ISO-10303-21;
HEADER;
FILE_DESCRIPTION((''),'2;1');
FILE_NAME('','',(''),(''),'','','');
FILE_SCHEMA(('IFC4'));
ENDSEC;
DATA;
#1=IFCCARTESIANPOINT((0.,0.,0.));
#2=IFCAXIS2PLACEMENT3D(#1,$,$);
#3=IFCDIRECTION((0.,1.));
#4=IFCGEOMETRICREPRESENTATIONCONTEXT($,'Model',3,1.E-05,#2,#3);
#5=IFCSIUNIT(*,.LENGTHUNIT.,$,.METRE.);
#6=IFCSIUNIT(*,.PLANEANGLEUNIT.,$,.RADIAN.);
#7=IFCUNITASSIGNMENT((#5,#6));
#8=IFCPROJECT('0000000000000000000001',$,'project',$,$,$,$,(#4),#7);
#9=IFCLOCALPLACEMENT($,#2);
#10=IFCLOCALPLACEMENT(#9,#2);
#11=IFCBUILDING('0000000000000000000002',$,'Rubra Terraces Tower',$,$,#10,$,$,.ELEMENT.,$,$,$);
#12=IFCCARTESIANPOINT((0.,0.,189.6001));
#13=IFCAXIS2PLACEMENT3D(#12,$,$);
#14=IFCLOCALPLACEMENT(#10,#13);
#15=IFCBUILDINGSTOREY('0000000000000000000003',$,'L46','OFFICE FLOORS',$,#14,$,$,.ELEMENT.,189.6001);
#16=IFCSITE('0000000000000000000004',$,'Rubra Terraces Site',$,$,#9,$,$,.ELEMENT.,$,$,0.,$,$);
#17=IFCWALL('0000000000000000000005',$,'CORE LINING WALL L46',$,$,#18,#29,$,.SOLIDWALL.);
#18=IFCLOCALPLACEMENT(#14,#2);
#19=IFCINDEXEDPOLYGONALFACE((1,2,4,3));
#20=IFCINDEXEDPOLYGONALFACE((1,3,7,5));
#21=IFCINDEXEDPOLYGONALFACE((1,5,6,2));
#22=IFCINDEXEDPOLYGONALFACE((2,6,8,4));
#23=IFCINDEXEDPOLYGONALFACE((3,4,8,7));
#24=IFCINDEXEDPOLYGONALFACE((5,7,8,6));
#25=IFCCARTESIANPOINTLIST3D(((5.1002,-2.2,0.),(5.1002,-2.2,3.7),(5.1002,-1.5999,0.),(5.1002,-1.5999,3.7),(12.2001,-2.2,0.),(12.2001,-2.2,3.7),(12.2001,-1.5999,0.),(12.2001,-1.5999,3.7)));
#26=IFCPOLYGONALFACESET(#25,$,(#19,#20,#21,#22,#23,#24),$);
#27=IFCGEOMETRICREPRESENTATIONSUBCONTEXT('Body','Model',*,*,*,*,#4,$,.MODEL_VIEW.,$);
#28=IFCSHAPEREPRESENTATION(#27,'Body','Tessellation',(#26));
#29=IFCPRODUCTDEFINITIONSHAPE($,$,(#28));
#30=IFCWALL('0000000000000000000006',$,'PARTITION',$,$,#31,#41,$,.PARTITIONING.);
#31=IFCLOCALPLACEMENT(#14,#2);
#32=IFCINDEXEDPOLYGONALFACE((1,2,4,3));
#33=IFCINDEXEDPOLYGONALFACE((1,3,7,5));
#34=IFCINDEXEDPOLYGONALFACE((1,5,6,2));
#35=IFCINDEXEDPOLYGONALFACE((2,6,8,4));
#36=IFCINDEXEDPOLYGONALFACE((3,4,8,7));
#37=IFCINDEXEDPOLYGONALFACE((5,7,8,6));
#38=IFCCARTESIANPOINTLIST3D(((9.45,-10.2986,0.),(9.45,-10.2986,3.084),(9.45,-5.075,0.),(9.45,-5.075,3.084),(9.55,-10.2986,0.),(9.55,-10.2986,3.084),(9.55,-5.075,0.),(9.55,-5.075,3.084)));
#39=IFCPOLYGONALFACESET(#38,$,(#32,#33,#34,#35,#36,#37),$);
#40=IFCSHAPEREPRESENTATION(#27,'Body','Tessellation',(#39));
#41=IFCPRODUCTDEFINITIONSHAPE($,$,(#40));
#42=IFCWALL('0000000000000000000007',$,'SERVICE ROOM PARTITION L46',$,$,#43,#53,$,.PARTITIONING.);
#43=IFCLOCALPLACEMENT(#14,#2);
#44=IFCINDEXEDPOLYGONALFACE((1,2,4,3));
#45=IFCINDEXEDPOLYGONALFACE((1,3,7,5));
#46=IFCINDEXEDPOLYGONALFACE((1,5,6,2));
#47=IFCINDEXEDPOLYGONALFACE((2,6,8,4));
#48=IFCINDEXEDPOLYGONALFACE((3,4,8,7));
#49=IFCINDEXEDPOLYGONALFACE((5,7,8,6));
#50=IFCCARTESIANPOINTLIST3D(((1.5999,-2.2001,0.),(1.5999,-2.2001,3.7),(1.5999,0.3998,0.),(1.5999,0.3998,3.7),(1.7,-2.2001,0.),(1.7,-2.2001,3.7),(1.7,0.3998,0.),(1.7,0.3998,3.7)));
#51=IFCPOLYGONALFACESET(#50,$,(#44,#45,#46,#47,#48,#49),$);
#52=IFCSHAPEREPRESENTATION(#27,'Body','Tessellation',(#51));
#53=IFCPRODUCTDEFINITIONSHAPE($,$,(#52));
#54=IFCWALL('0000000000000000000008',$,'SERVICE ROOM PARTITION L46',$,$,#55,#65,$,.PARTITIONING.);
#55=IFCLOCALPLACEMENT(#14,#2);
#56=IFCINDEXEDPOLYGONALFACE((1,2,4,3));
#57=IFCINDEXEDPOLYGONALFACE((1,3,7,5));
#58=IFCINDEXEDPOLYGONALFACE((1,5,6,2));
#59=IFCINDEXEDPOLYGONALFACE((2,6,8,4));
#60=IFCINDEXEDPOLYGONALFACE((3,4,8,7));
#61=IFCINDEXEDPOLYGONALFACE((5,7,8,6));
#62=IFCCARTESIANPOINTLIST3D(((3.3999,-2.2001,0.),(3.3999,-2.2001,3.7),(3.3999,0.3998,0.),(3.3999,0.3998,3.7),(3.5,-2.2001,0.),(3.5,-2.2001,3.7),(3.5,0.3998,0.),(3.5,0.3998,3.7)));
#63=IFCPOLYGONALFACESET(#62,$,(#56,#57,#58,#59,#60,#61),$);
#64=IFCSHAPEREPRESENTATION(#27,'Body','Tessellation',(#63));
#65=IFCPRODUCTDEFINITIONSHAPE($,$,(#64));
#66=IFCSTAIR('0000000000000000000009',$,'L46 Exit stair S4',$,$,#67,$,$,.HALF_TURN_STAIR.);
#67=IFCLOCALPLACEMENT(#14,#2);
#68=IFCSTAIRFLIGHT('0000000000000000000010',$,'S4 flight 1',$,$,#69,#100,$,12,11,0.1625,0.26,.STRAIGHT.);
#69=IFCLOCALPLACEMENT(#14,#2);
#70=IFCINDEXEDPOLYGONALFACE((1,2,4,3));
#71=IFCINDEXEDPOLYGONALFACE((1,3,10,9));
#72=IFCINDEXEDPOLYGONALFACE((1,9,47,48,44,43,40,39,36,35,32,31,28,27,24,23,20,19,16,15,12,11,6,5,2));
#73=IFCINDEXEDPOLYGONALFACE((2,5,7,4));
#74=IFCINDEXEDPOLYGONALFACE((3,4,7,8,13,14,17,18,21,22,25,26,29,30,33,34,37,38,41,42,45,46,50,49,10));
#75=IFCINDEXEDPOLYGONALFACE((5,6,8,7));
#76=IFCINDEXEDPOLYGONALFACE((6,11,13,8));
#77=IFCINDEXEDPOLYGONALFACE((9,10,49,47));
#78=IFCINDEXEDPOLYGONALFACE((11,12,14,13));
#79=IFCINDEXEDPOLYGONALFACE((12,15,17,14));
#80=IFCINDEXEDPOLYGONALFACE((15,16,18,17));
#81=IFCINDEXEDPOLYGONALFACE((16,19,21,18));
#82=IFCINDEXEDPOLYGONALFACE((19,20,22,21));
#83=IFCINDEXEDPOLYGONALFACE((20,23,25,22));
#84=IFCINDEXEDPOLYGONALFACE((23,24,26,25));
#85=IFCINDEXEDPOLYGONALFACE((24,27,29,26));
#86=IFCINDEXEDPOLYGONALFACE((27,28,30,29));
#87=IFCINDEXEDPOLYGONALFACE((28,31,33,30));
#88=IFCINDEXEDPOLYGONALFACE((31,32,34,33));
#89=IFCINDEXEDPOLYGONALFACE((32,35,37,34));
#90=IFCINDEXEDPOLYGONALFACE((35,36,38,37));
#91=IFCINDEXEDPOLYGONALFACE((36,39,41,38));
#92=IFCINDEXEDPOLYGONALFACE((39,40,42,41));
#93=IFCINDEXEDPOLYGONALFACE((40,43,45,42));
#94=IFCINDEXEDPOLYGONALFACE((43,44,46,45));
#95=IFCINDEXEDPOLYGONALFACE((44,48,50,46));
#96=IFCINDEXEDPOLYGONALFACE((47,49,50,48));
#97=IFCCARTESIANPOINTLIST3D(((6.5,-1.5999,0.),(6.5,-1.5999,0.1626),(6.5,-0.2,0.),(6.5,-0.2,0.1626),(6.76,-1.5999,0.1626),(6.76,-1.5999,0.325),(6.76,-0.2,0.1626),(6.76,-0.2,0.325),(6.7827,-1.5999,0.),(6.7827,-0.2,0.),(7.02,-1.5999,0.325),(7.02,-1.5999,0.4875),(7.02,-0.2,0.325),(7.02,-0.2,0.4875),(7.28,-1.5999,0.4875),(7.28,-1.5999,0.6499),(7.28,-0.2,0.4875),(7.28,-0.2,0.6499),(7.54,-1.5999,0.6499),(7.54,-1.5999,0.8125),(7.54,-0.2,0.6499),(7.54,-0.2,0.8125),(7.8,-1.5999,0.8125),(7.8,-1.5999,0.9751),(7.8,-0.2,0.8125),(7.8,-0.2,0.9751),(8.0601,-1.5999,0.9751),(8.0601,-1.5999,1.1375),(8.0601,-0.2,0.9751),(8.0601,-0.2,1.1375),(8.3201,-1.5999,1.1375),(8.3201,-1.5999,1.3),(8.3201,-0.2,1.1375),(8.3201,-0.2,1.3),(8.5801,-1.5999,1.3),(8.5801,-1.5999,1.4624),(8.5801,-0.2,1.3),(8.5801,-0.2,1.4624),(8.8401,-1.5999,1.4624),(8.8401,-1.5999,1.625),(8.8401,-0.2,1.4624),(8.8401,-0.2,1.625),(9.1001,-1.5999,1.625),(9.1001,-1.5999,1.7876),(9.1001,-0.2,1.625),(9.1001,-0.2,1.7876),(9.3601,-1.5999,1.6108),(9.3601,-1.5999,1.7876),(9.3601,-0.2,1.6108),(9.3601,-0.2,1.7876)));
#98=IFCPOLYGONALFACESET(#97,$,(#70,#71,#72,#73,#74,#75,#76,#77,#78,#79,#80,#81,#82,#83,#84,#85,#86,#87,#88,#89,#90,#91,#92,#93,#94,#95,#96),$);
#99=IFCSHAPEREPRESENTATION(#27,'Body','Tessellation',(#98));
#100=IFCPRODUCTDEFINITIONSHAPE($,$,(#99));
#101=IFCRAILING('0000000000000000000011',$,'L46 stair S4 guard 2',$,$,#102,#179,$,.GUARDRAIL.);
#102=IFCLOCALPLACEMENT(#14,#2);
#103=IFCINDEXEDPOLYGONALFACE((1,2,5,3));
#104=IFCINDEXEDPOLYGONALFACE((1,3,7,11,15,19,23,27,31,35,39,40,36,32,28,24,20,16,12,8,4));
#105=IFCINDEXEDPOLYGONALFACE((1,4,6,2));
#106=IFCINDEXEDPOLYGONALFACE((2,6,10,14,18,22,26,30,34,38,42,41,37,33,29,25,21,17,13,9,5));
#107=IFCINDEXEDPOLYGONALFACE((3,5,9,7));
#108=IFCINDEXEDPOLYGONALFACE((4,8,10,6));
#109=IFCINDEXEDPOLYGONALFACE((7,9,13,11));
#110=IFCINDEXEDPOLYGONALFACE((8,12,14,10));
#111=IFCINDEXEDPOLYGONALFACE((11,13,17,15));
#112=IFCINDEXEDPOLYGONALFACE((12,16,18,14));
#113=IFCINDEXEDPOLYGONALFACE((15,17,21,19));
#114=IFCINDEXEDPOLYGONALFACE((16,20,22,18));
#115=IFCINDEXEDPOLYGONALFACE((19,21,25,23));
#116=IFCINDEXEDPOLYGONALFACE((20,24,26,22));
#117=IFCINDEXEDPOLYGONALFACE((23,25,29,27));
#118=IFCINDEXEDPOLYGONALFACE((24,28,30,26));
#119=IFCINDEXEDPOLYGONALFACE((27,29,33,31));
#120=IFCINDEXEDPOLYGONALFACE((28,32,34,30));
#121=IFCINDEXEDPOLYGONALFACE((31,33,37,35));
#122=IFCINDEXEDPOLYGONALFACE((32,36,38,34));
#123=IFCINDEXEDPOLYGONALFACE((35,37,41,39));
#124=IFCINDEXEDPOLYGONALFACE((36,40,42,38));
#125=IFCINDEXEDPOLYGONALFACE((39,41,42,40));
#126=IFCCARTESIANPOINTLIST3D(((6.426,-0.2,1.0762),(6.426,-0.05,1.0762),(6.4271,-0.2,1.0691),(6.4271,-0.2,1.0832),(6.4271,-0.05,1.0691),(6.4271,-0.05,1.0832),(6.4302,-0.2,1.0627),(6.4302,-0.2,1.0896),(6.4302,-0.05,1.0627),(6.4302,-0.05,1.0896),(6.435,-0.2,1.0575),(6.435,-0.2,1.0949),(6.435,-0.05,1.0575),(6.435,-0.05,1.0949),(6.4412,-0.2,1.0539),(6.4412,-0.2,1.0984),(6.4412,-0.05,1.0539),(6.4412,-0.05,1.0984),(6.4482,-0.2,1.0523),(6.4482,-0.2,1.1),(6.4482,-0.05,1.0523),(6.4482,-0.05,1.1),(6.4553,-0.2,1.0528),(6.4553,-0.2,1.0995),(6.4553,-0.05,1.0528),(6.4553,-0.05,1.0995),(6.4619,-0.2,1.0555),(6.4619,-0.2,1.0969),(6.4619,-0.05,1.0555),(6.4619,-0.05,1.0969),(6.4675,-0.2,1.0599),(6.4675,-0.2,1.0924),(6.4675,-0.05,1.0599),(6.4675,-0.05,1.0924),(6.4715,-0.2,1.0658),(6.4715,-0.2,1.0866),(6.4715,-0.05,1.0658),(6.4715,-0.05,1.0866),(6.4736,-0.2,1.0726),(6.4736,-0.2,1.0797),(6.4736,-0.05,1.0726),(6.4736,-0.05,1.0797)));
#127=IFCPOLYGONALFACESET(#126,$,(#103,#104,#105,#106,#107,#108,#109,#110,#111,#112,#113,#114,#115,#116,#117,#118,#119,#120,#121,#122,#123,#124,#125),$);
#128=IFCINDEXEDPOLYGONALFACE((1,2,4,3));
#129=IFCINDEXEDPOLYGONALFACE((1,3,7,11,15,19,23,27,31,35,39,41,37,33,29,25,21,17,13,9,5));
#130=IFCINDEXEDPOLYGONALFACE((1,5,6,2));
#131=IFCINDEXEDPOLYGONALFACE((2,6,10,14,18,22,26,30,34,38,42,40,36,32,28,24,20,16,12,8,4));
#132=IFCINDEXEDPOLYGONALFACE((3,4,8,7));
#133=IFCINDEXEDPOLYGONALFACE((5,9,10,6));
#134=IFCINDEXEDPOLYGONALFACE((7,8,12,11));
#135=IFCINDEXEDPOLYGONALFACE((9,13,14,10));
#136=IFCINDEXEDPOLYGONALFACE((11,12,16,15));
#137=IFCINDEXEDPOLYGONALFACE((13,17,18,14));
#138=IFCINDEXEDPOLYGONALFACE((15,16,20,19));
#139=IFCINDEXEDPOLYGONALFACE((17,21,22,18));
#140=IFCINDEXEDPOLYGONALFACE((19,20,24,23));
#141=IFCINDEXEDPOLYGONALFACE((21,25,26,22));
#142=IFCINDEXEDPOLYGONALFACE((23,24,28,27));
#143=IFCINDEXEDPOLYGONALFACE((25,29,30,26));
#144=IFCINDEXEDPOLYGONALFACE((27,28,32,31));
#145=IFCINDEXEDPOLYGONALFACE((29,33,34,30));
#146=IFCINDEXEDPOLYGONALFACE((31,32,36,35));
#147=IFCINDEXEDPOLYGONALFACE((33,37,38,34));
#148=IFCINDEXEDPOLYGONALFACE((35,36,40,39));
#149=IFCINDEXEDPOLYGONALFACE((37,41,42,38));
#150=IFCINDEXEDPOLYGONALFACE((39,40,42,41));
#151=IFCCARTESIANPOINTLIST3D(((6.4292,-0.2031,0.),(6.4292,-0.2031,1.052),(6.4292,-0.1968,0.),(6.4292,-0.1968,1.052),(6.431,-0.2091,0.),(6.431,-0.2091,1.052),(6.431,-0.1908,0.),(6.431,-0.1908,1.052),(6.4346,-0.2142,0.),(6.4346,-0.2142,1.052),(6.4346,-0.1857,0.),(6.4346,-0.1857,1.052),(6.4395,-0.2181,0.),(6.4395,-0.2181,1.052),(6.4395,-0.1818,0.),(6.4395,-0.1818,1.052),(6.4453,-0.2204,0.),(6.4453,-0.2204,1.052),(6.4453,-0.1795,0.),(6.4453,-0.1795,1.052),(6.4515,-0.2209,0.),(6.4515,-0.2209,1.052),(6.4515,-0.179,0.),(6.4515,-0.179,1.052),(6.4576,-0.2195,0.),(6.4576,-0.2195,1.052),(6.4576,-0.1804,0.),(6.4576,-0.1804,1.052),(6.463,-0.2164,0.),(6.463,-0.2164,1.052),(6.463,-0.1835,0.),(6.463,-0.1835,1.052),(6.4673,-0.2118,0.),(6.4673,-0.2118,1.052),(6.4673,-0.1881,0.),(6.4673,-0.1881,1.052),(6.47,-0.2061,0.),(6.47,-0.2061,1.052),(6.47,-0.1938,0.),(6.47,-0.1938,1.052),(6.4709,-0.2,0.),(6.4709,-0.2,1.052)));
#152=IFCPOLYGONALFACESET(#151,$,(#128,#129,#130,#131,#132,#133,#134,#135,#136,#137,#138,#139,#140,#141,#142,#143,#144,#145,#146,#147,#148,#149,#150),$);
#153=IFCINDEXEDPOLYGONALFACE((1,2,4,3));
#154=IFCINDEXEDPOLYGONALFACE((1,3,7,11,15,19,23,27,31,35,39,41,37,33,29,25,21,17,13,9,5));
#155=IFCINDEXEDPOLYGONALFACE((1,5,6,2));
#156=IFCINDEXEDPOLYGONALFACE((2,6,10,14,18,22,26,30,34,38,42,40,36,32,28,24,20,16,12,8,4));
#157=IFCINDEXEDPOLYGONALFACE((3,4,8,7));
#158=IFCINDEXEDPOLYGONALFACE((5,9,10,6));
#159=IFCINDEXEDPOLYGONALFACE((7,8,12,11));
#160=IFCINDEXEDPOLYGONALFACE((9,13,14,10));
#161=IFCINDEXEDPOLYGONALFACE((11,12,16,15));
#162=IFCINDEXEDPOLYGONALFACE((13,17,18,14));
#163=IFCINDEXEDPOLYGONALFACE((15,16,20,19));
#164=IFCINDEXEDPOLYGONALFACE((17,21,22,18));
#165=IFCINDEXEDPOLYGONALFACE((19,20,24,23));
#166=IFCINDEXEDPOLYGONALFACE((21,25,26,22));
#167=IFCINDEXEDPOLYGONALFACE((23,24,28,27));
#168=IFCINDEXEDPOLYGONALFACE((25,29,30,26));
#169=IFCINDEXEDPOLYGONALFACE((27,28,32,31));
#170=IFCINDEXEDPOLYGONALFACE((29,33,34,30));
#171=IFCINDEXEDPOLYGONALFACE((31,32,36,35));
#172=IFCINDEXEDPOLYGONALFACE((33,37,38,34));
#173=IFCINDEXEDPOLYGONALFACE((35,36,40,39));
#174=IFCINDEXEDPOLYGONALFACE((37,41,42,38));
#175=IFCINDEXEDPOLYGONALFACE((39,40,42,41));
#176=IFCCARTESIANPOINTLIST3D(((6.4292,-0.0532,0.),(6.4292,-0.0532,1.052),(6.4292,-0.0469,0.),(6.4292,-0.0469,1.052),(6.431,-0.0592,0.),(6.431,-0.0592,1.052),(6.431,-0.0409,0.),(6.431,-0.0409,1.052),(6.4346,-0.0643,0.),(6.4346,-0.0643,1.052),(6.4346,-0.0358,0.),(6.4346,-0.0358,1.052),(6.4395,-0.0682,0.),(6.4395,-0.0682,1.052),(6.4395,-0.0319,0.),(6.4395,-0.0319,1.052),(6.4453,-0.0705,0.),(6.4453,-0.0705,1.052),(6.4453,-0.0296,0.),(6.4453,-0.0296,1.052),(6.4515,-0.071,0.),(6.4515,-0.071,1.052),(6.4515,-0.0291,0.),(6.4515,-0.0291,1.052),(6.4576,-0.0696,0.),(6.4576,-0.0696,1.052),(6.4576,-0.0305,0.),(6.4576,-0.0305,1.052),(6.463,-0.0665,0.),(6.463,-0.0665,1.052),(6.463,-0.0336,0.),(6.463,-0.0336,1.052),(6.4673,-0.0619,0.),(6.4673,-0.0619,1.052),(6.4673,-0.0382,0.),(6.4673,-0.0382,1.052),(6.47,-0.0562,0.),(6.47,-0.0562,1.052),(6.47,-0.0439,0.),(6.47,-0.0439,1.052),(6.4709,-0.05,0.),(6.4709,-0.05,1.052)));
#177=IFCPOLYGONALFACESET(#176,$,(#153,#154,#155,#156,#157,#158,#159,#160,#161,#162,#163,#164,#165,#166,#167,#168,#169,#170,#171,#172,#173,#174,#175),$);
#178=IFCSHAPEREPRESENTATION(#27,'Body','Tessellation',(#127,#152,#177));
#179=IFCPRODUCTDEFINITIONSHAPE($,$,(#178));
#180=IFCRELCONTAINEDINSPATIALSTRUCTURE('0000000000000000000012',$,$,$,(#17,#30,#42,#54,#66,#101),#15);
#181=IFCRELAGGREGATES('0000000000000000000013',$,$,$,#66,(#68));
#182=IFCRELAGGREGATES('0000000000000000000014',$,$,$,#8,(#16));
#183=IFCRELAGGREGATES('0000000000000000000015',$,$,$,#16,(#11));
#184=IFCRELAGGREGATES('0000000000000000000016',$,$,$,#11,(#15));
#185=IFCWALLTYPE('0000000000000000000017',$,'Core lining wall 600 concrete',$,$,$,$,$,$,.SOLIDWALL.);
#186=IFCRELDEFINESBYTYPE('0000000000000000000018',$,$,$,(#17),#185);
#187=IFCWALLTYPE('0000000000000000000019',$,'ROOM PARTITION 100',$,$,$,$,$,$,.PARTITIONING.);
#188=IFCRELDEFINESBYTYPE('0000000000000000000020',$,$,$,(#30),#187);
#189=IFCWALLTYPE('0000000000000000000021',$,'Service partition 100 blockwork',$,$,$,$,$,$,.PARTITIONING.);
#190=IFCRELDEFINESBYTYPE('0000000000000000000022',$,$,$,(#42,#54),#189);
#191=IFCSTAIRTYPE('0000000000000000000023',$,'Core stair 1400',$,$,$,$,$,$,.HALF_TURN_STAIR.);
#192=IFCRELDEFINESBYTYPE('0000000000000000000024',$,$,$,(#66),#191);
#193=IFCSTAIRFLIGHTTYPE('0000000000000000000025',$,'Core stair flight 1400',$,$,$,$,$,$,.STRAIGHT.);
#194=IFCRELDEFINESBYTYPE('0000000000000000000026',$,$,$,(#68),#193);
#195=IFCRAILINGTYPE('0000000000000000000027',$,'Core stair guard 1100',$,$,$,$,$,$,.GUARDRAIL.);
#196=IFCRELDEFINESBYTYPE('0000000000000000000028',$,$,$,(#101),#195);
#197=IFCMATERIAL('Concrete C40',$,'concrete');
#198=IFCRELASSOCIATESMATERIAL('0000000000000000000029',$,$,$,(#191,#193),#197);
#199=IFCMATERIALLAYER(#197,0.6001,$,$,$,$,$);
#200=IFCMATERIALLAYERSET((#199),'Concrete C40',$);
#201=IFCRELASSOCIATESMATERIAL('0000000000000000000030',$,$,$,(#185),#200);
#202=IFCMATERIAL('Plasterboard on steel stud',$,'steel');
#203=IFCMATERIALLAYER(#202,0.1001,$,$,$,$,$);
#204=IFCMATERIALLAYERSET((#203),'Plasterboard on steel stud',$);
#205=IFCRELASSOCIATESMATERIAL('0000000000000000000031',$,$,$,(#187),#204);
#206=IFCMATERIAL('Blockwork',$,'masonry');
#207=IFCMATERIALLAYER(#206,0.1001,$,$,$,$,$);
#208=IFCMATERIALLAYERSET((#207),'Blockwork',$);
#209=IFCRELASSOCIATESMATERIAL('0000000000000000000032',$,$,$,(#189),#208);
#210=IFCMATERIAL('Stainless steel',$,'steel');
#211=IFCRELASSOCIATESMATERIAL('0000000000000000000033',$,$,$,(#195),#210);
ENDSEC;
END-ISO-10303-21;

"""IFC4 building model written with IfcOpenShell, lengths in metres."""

from ifc_helpers import new_model, si_unit, direction, frame, frame_2d, origin, origin_2d, place, context, subcontext, project, spatial, polyline, rectangle, circle, outline, extrude, material, layer, layer_set, type_object, element, aggregate, save


model = new_model("IFC4")

# Units and contexts
model_context = context("Model", 3, precision=1e-05, world=origin(), true_north=direction((0.0, 1.0)))
body_context = subcontext(model_context, "Body", "Model", "MODEL_VIEW")
ifc_project = project(units=[si_unit("LENGTHUNIT", "METRE"), si_unit("PLANEANGLEUNIT", "RADIAN")], contexts=[model_context])

# Site, building, storey
site_placement = place(None, origin())
site = spatial("IfcSite", under=ifc_project, at=site_placement, Name="Rubra Terraces Site", CompositionType="ELEMENT", RefElevation=0.0)
building_placement = place(site_placement, origin())
building = spatial("IfcBuilding", under=site, at=building_placement, Name="Rubra Terraces Tower", CompositionType="ELEMENT")
storey_placement = place(building_placement, frame((0.0, 0.0, 189.6001)))
storey = spatial("IfcBuildingStorey", under=building, at=storey_placement, Name="L46", Description="OFFICE FLOORS", CompositionType="ELEMENT", Elevation=189.6001)

# Shared definitions
ifc_material_1 = material(Name="Concrete C40", Category="concrete")

# Shared definitions
stair_type = type_object("IfcStairType", Name="Core stair 1400", PredefinedType="HALF_TURN_STAIR", material=ifc_material_1)

# Walls
ifc_layer_1 = layer(ifc_material_1, 0.6001)
ifc_layer_set_1 = layer_set([ifc_layer_1], Name="Concrete C40")
wall_type_1 = type_object("IfcWallType", Name="Core lining wall 600 concrete", PredefinedType="SOLIDWALL", material=ifc_layer_set_1)
wall_1_placement = place(storey_placement, frame((12.2, -1.8999, 0.0), z_axis=(0.0, 0.0, 1.0), x_axis=(-1.0, 0.0, 0.0)))
element("IfcWall", 1, at=wall_1_placement, inside=storey, type_object=wall_type_1, Name="CORE LINING WALL L46", PredefinedType="SOLIDWALL", context=body_context, shape_type="SweptSolid", body=[
    extrude(rectangle(XDim=7.0999, YDim=0.6001, at=frame_2d((3.5498, 0.0))), origin(), (0.0, 0.0, 1.0), 3.7),
])
ifc_material_2 = material(Name="Plasterboard on steel stud", Category="steel")
ifc_layer_2 = layer(ifc_material_2, 0.1001)
ifc_layer_set_2 = layer_set([ifc_layer_2], Name="Plasterboard on steel stud")
wall_type_2 = type_object("IfcWallType", Name="ROOM PARTITION 100", PredefinedType="PARTITIONING", material=ifc_layer_set_2)
wall_2_placement = place(storey_placement, frame((9.5, -10.2986, 0.0), z_axis=(0.0, 0.0, 1.0), x_axis=(0.0, 1.0, 0.0)))
element("IfcWall", 2, at=wall_2_placement, inside=storey, type_object=wall_type_2, Name="PARTITION", PredefinedType="PARTITIONING", context=body_context, shape_type="SweptSolid", body=[
    extrude(rectangle(XDim=5.2236, YDim=0.1001, at=frame_2d((2.6118, 0.0))), origin(), (0.0, 0.0, 1.0), 3.084),
])
ifc_material_3 = material(Name="Blockwork", Category="masonry")
ifc_layer_3 = layer(ifc_material_3, 0.1001)
ifc_layer_set_3 = layer_set([ifc_layer_3], Name="Blockwork")
wall_type_3 = type_object("IfcWallType", Name="Service partition 100 blockwork", PredefinedType="PARTITIONING", material=ifc_layer_set_3)
for number, where, z_axis, x_axis, name in (
    (3, (1.6499, -2.2, 0.0), (0.0, 0.0, 1.0), (0.0, 1.0, 0.0), "SERVICE ROOM PARTITION L46"),
    (4, (3.45, -2.2, 0.0), (0.0, 0.0, 1.0), (0.0, 1.0, 0.0), "SERVICE ROOM PARTITION L46"),
):
    element("IfcWall", number, at=place(storey_placement, frame(where, z_axis=z_axis, x_axis=x_axis)), inside=storey, type_object=wall_type_3, Name=name, PredefinedType="PARTITIONING", context=body_context, shape_type="SweptSolid", body=[
        extrude(rectangle(XDim=2.5999, YDim=0.1001, at=frame_2d((1.2998, 0.0))), origin(), (0.0, 0.0, 1.0), 3.7),
    ])

# Stair, stair flight
stair_1_placement = place(storey_placement, origin())
stair_1 = element("IfcStair", 5, at=stair_1_placement, inside=storey, type_object=stair_type, Name="L46 Exit stair S4", PredefinedType="HALF_TURN_STAIR")
stair_flight_type = type_object("IfcStairFlightType", Name="Core stair flight 1400", PredefinedType="STRAIGHT", material=ifc_material_1)
stair_flight_placement = place(storey_placement, frame((6.5, -0.8999, 0.0), z_axis=(0.0, 0.0, 1.0), x_axis=(1.0, 0.0, 0.0)))
stair_flight = element("IfcStairFlight", 6, at=stair_flight_placement, type_object=stair_flight_type, Name="S4 flight 1", NumberOfRisers=12, NumberOfTreads=11, PredefinedType="STRAIGHT", RiserHeight=0.1625, TreadLength=0.26, context=body_context, shape_type="SweptSolid", body=[
    extrude(outline(polyline([(0.0, 0.0), (0.0, 0.1626), (0.26, 0.1626), (0.26, 0.325), (0.52, 0.325), (0.52, 0.4875), (0.78, 0.4875), (0.78, 0.6499), (1.04, 0.6499), (1.04, 0.8125), (1.3, 0.8125), (1.3, 0.9751), (1.5601, 0.9751), (1.5601, 1.1375), (1.8201, 1.1375), (1.8201, 1.3), (2.0801, 1.3), (2.0801, 1.4624), (2.3401, 1.4624), (2.3401, 1.625), (2.6001, 1.625), (2.6001, 1.7876), (2.8601, 1.7876), (2.8601, 1.95), (2.8601, 1.6108), (0.2827, 0.0), (0.0, 0.0)])), frame((0.0, 0.7, 0.0), z_axis=(0.0, -1.0, 0.0), x_axis=(1.0, 0.0, 0.0)), (0.0, 0.0, 1.0), 1.3999),
])
aggregate(stair_1, [stair_flight])

# Railing
ifc_material_4 = material(Name="Stainless steel", Category="steel")
railing_type_1 = type_object("IfcRailingType", Name="Core stair guard 1100", PredefinedType="GUARDRAIL", material=ifc_material_4)
railing_1_placement = place(storey_placement, frame((6.45, -0.2, 0.0)))
element("IfcRailing", 7, at=railing_1_placement, inside=storey, type_object=railing_type_1, Name="L46 stair S4 guard 2", PredefinedType="GUARDRAIL", context=body_context, shape_type="SweptSolid", body=[
    extrude(circle(Radius=0.0239, at=origin_2d()), frame((0.0, 0.0, 1.0762), z_axis=(0.0, 1.0, 0.0), x_axis=(-1.0, 0.0, 0.0)), (0.0, 0.0, 1.0), 0.1499),
    extrude(circle(Radius=0.021, at=origin_2d()), origin(), (0.0, 0.0, 1.0), 1.052),
    extrude(circle(Radius=0.021, at=origin_2d()), frame((0.0, 0.1499, 0.0)), (0.0, 0.0, 1.0), 1.052),
])

save(model, "model.ifc")
